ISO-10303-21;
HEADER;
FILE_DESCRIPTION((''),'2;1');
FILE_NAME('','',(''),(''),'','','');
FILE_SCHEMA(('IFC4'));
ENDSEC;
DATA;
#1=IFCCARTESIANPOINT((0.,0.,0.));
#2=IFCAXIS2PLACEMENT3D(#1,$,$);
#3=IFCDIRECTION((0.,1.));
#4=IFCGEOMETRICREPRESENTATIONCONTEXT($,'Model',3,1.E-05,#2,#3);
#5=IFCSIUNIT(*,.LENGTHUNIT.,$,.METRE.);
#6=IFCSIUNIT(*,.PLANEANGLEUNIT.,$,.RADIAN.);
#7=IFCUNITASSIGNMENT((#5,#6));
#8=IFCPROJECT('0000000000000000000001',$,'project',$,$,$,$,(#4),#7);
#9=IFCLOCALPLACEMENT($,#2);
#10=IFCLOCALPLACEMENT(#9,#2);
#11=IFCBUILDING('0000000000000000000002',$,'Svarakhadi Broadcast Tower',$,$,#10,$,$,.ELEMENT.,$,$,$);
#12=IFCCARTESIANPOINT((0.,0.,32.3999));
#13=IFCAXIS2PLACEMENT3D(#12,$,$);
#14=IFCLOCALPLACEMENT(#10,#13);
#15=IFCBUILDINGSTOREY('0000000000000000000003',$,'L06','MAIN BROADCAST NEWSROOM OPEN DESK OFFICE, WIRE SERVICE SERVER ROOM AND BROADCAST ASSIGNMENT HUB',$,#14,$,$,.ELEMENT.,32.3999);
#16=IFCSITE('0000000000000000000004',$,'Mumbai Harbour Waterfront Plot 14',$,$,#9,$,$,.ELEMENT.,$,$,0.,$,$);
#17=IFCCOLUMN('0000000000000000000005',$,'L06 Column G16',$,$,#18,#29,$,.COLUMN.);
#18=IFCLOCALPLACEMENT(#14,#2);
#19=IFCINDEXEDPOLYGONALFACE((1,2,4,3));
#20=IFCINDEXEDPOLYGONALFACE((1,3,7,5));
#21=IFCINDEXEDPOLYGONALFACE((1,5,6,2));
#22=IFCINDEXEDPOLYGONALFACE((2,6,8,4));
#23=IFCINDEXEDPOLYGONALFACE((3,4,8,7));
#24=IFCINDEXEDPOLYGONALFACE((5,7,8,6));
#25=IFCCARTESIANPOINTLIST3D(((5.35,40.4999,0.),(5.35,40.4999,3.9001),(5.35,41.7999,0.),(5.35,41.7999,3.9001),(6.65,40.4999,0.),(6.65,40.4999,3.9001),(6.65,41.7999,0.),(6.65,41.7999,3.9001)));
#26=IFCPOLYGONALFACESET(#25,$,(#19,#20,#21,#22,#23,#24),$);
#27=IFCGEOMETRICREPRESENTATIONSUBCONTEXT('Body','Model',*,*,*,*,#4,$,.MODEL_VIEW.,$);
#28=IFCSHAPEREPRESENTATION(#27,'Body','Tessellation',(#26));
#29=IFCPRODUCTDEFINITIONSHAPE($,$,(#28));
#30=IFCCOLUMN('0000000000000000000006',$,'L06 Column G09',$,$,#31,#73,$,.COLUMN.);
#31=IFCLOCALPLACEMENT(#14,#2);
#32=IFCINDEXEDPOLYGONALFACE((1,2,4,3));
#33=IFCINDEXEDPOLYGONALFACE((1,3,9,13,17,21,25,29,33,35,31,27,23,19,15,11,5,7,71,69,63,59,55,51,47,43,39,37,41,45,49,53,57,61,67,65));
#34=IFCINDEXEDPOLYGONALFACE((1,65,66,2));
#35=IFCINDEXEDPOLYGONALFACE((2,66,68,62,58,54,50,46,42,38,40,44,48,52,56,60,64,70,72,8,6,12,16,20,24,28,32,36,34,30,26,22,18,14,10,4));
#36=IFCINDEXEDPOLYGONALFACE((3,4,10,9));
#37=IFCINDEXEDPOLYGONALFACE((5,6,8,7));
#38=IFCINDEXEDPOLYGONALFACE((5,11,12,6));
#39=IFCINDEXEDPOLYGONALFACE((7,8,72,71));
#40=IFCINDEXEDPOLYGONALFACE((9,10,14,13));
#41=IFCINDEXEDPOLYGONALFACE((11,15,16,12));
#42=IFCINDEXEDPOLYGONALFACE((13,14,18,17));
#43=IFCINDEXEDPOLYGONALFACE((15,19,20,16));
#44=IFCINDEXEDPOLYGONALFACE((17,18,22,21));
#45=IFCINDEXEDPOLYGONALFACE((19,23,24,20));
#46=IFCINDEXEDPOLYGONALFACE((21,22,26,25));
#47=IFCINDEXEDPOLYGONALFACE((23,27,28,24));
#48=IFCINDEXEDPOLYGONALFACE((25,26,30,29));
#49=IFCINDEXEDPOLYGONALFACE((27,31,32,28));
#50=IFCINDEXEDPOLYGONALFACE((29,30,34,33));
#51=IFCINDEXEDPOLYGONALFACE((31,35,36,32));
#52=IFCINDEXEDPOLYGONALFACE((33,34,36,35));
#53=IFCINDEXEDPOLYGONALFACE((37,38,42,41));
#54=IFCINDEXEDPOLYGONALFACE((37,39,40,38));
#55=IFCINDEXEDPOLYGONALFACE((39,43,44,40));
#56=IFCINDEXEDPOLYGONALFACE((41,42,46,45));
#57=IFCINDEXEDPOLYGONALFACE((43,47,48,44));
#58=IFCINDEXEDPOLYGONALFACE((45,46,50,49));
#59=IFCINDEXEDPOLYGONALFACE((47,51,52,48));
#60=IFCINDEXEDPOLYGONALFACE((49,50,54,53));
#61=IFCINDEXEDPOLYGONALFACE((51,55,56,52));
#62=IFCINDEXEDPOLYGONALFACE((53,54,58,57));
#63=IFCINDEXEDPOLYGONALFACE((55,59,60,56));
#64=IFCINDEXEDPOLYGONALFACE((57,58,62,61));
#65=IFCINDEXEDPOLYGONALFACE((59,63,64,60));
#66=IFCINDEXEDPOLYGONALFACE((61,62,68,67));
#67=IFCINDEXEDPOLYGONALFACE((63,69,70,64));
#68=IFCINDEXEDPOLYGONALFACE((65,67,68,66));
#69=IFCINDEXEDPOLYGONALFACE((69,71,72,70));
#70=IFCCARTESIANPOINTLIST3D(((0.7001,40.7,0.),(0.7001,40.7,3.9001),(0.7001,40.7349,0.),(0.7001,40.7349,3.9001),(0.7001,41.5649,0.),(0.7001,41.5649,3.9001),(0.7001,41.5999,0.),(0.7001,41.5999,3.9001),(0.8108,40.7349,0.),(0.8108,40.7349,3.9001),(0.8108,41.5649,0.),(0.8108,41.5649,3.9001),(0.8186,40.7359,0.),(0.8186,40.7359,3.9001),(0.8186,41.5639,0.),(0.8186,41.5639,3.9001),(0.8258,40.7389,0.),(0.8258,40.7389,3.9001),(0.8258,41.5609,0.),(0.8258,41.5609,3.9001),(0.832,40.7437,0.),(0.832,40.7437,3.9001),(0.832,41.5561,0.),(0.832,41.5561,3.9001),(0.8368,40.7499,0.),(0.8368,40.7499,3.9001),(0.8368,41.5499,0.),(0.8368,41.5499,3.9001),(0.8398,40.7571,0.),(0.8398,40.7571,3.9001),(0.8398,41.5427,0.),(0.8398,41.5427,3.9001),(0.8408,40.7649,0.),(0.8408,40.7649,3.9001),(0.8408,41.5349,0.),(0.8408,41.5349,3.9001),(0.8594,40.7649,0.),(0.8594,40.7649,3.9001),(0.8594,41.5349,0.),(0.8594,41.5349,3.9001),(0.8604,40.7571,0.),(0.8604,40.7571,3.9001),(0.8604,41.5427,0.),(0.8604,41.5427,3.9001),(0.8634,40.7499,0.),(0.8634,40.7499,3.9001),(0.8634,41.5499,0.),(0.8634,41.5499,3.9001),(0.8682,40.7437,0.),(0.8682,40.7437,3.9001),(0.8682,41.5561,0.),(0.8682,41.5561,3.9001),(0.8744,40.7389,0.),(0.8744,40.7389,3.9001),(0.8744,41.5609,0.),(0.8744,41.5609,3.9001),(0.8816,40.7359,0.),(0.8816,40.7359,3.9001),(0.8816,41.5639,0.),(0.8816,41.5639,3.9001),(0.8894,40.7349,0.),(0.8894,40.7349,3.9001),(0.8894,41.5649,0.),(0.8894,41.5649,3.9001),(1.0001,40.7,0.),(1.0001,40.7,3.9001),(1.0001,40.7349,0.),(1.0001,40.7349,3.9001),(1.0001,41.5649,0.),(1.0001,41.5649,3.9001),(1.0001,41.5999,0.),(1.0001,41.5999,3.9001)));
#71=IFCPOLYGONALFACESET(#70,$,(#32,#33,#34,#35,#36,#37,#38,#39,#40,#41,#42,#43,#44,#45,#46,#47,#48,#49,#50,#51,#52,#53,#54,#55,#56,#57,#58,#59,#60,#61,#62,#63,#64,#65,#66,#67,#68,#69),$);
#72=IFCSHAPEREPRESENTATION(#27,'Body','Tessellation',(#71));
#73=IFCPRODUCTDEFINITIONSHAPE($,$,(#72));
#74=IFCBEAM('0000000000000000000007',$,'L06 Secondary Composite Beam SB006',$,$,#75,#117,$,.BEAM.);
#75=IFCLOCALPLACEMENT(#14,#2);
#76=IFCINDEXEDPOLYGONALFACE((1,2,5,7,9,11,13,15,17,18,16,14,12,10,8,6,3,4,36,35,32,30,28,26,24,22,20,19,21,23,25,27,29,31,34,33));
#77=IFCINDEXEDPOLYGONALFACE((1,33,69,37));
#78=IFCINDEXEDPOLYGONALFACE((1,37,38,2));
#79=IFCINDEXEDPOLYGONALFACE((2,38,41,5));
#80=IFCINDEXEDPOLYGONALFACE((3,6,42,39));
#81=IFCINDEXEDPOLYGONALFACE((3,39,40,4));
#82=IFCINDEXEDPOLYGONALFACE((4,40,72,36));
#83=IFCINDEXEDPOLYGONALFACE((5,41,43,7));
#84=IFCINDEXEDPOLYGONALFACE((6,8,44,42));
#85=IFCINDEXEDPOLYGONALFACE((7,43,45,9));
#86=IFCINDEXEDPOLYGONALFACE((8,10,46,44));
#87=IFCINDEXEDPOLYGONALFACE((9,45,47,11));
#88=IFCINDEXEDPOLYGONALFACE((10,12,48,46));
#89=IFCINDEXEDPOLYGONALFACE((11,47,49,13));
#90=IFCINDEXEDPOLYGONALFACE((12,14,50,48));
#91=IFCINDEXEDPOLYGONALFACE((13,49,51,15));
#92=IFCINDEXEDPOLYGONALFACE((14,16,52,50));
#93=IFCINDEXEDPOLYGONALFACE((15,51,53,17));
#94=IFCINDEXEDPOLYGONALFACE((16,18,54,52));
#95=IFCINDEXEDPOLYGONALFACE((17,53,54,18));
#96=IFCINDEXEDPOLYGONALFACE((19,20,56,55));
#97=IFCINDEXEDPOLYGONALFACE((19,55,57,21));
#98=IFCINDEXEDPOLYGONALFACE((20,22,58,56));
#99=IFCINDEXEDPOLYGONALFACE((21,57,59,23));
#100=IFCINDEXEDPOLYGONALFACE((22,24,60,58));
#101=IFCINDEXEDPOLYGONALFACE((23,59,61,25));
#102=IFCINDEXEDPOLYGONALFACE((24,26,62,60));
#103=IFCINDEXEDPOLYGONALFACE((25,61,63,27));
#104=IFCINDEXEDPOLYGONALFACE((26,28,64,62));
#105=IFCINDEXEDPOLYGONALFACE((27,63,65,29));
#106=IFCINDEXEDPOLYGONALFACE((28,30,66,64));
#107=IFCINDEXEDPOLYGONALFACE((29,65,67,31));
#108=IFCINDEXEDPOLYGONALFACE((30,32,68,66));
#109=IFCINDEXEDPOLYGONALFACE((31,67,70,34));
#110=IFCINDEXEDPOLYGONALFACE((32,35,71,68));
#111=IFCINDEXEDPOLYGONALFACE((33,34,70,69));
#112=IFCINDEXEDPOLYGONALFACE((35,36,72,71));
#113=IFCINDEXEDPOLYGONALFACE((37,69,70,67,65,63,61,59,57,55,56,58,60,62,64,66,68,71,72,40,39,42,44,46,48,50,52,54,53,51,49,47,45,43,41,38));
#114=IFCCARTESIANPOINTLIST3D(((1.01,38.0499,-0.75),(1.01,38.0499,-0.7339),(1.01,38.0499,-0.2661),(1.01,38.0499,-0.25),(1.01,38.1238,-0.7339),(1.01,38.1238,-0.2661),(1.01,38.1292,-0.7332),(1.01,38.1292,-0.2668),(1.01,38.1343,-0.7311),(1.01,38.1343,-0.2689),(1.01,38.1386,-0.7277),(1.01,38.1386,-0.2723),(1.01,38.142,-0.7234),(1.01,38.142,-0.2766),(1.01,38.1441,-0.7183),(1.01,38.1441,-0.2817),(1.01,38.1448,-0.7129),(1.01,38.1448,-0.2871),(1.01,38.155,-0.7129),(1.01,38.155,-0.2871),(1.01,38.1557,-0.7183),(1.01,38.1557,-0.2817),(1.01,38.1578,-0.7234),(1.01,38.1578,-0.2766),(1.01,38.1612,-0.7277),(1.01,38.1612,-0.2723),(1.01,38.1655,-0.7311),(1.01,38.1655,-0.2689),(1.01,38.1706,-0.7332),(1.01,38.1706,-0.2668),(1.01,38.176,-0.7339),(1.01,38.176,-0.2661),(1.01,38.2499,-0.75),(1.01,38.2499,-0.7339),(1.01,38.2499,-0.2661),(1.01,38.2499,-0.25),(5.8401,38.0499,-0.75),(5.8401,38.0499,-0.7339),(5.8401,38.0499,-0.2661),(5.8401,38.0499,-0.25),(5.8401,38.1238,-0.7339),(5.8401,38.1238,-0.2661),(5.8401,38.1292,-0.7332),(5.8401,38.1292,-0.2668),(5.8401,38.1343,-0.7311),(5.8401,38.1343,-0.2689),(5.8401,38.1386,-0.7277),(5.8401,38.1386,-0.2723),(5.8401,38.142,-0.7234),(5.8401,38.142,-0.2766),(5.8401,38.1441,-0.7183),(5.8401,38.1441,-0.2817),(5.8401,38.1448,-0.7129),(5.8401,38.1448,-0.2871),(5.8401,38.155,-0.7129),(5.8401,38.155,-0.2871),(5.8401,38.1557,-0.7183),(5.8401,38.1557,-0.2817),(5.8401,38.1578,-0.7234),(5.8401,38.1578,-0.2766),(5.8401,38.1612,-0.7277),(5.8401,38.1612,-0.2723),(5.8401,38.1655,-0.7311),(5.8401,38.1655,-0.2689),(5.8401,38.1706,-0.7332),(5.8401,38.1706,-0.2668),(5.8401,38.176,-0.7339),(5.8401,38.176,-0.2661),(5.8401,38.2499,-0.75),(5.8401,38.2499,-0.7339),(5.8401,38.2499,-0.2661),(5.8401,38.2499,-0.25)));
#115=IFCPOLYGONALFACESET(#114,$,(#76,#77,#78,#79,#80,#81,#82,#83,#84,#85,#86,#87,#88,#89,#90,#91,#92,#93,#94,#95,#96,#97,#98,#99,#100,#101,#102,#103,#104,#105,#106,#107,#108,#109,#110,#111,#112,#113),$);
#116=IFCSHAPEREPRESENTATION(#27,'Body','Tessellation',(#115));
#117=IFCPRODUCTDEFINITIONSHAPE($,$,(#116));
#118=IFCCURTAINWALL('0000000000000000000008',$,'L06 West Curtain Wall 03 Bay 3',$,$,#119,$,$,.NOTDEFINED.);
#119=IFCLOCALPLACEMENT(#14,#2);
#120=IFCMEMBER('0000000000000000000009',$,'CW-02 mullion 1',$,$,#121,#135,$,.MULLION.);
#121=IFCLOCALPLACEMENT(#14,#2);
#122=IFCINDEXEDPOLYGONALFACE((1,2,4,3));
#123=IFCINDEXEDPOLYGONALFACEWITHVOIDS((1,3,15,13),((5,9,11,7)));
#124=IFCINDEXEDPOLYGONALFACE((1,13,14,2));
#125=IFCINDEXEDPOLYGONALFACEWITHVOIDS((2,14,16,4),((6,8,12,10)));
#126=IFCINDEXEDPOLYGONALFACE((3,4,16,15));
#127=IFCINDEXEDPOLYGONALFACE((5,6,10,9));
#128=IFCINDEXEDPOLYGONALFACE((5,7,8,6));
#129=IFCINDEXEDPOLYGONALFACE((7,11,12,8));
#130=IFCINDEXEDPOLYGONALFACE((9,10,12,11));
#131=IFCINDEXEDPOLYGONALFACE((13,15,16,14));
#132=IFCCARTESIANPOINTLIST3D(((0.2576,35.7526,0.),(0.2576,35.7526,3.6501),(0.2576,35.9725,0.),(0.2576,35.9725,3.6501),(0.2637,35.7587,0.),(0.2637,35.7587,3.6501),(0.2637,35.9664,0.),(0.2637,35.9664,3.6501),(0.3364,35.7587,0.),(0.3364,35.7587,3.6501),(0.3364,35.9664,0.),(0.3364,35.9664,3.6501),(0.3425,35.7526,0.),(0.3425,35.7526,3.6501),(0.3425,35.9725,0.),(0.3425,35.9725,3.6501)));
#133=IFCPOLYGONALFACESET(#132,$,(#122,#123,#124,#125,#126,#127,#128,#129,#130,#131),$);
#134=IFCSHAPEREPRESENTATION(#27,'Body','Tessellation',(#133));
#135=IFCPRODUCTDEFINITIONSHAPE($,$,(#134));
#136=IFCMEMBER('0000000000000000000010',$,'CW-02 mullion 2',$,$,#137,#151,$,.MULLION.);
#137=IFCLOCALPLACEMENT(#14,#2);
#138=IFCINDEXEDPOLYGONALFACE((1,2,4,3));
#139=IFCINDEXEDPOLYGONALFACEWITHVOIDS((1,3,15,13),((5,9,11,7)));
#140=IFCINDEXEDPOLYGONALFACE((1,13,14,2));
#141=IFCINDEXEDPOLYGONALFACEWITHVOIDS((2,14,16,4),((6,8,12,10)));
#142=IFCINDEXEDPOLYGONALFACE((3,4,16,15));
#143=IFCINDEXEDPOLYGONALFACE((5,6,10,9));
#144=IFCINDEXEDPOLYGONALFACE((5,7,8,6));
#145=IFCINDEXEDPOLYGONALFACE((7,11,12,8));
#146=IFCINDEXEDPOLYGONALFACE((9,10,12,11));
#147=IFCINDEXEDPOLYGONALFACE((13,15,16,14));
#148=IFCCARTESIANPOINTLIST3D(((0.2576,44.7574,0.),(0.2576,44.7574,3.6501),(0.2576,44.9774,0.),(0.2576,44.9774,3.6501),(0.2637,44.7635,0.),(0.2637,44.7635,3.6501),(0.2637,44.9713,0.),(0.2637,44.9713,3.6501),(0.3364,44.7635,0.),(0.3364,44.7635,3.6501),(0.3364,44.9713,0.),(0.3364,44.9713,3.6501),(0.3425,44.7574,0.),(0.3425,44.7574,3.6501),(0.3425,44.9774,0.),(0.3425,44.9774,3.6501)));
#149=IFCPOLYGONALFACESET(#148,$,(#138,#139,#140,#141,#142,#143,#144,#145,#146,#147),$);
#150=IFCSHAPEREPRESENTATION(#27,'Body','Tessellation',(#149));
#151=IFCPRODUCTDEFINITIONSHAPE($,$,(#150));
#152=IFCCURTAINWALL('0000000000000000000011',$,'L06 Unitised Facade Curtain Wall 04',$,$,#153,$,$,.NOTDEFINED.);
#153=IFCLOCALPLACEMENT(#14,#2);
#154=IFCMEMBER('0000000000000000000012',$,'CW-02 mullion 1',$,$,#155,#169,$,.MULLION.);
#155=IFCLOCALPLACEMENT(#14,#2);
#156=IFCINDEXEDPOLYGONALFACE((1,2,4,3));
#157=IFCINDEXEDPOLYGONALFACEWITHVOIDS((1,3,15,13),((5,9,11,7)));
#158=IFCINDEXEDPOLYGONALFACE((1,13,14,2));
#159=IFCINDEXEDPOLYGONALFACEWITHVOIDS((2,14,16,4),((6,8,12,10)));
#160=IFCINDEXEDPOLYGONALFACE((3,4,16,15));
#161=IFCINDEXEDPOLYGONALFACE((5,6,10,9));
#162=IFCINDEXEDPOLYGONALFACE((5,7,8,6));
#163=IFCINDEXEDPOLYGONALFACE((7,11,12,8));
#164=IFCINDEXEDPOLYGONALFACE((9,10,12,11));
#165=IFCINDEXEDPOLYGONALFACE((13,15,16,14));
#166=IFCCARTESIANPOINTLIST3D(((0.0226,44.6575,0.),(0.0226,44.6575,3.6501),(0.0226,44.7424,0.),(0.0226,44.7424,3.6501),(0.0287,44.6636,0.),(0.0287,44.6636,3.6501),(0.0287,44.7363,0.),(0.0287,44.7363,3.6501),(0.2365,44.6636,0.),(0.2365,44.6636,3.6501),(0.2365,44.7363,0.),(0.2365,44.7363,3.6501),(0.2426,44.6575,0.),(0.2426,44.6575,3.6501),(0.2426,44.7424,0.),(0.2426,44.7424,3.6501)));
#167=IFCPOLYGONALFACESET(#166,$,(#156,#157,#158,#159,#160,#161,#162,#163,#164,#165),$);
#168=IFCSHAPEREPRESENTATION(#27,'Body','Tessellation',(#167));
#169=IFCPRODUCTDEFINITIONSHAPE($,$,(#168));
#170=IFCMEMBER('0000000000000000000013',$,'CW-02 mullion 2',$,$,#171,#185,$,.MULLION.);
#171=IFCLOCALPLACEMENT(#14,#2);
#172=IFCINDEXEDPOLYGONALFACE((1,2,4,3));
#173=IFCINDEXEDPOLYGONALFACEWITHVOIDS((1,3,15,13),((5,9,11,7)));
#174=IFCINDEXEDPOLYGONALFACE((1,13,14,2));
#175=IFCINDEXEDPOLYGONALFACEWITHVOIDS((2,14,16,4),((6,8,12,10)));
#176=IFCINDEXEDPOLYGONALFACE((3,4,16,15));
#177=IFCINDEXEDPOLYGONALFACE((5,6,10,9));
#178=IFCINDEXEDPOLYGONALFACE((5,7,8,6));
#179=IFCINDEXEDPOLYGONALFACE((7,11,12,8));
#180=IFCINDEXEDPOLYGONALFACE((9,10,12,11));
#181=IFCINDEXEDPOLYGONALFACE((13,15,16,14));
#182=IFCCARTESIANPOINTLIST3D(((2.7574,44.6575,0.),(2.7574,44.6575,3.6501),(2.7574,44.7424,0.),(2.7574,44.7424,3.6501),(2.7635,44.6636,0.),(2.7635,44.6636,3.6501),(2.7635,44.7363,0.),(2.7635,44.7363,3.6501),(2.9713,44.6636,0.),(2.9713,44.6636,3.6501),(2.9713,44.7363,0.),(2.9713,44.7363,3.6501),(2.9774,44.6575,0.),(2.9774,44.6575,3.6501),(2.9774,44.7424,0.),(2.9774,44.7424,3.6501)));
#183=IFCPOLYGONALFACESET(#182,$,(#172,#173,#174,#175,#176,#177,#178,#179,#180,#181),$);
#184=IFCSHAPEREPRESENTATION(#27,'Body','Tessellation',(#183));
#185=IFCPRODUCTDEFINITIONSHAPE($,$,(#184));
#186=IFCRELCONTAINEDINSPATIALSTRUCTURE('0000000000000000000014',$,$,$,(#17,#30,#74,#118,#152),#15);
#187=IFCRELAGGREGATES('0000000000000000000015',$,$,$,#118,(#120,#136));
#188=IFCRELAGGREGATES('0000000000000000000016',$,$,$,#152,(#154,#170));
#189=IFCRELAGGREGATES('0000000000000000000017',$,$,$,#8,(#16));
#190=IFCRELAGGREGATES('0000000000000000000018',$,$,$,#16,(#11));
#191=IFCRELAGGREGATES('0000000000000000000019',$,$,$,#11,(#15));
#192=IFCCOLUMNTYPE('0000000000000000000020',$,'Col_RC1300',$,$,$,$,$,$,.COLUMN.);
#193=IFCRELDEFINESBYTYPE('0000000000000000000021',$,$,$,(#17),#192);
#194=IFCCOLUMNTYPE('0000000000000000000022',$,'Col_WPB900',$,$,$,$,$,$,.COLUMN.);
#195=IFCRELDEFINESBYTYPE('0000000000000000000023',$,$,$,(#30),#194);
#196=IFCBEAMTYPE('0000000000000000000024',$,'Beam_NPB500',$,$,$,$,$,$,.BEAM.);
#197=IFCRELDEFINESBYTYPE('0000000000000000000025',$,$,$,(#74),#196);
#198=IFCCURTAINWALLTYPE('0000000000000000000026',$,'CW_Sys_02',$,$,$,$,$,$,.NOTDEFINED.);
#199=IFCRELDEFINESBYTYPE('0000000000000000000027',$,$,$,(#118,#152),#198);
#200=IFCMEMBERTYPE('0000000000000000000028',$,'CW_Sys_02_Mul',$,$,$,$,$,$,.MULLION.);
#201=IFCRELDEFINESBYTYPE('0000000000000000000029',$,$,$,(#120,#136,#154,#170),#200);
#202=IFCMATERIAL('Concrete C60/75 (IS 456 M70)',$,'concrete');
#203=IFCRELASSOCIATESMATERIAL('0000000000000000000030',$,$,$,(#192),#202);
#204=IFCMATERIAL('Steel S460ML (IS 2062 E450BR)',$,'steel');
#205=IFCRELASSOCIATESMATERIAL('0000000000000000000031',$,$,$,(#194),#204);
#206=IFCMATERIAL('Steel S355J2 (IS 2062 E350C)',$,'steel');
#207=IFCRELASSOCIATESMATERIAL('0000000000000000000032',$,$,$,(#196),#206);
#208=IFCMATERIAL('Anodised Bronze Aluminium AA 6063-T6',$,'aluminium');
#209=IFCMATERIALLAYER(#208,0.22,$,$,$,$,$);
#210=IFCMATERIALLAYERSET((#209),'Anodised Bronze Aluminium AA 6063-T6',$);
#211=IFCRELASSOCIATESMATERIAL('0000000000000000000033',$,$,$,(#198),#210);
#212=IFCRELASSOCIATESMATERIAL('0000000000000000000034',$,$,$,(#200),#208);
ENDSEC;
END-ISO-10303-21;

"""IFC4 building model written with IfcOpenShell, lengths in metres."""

from ifc_helpers import new_model, si_unit, direction, frame, origin, origin_2d, place, context, subcontext, project, spatial, rectangle, hollow_rectangle, i_section, extrude, material, layer, layer_set, material_profile, profile_set, type_object, element, aggregate, save


model = new_model("IFC4")

# Units and contexts
model_context = context("Model", 3, precision=1e-05, world=origin(), true_north=direction((0.0, 1.0)))
body_context = subcontext(model_context, "Body", "Model", "MODEL_VIEW")
ifc_project = project(units=[si_unit("LENGTHUNIT", "METRE"), si_unit("PLANEANGLEUNIT", "RADIAN")], contexts=[model_context])

# Site, building, storey
site_placement = place(None, origin())
site = spatial("IfcSite", under=ifc_project, at=site_placement, Name="Mumbai Harbour Waterfront Plot 14", CompositionType="ELEMENT", RefElevation=0.0)
building_placement = place(site_placement, origin())
building = spatial("IfcBuilding", under=site, at=building_placement, Name="Svarakhadi Broadcast Tower", CompositionType="ELEMENT")
storey_placement = place(building_placement, frame((0.0, 0.0, 32.3999)))
storey = spatial("IfcBuildingStorey", under=building, at=storey_placement, Name="L06", Description="MAIN BROADCAST NEWSROOM OPEN DESK OFFICE, WIRE SERVICE SERVER ROOM AND BROADCAST ASSIGNMENT HUB", CompositionType="ELEMENT", Elevation=32.3999)

# Columns
ifc_material_1 = material(Name="Concrete C60/75 (IS 456 M70)", Category="concrete")
ifc_material_profile_1 = material_profile(ifc_material_1, rectangle(XDim=1.3, YDim=1.3, at=origin_2d()), Name="RC 1300x1300")
ifc_profile_set_1 = profile_set([ifc_material_profile_1], Name="Concrete C60/75 (IS 456 M70)")
column_type_1 = type_object("IfcColumnType", Name="Col_RC1300", PredefinedType="COLUMN", material=ifc_profile_set_1)
column_1_placement = place(storey_placement, frame((6.0, 41.1499, 0.0), z_axis=(0.0, 0.0, 1.0), x_axis=(1.0, 0.0, 0.0)))
element("IfcColumn", 1, at=column_1_placement, inside=storey, type_object=column_type_1, Name="L06 Column G16", PredefinedType="COLUMN", context=body_context, shape_type="SweptSolid", body=[
    extrude(rectangle(XDim=1.3, YDim=1.3, at=origin_2d()), origin(), (0.0, 0.0, 1.0), 3.9001),
])
ifc_material_2 = material(Name="Steel S460ML (IS 2062 E450BR)", Category="steel")
ifc_material_profile_2 = material_profile(ifc_material_2, i_section(OverallWidth=0.3, OverallDepth=0.8999, WebThickness=0.0186, FlangeThickness=0.0349, FilletRadius=0.03, at=origin_2d()), Name="WPB 900x300x291")
ifc_profile_set_2 = profile_set([ifc_material_profile_2], Name="Steel S460ML (IS 2062 E450BR)")
column_type_2 = type_object("IfcColumnType", Name="Col_WPB900", PredefinedType="COLUMN", material=ifc_profile_set_2)
column_2_placement = place(storey_placement, frame((0.8501, 41.1499, 0.0), z_axis=(0.0, 0.0, 1.0), x_axis=(1.0, 0.0, 0.0)))
element("IfcColumn", 2, at=column_2_placement, inside=storey, type_object=column_type_2, Name="L06 Column G09", PredefinedType="COLUMN", context=body_context, shape_type="SweptSolid", body=[
    extrude(i_section(OverallWidth=0.3, OverallDepth=0.8999, WebThickness=0.0186, FlangeThickness=0.0349, FilletRadius=0.03, at=origin_2d()), origin(), (0.0, 0.0, 1.0), 3.9001),
])

# Beam
ifc_material_3 = material(Name="Steel S355J2 (IS 2062 E350C)", Category="steel")
ifc_material_profile_3 = material_profile(ifc_material_3, i_section(OverallWidth=0.2, OverallDepth=0.5, WebThickness=0.0103, FlangeThickness=0.0161, FilletRadius=0.021, at=origin_2d()), Name="NPB 500x200x91")
ifc_profile_set_3 = profile_set([ifc_material_profile_3], Name="Steel S355J2 (IS 2062 E350C)")
beam_type_1 = type_object("IfcBeamType", Name="Beam_NPB500", PredefinedType="BEAM", material=ifc_profile_set_3)
beam_1_placement = place(storey_placement, frame((1.01, 38.1499, -0.5), z_axis=(1.0, 0.0, 0.0), x_axis=(0.0, 1.0, 0.0)))
element("IfcBeam", 3, at=beam_1_placement, inside=storey, type_object=beam_type_1, Name="L06 Secondary Composite Beam SB006", PredefinedType="BEAM", context=body_context, shape_type="SweptSolid", body=[
    extrude(i_section(OverallWidth=0.2, OverallDepth=0.5, WebThickness=0.0103, FlangeThickness=0.0161, FilletRadius=0.021, at=origin_2d()), origin(), (0.0, 0.0, 1.0), 4.8301),
])

# Curtain walls, members
ifc_material_4 = material(Name="Anodised Bronze Aluminium AA 6063-T6", Category="aluminium")
ifc_layer_1 = layer(ifc_material_4, 0.22)
ifc_layer_set_1 = layer_set([ifc_layer_1], Name="Anodised Bronze Aluminium AA 6063-T6")
curtain_wall_type = type_object("IfcCurtainWallType", Name="CW_Sys_02", PredefinedType="NOTDEFINED", material=ifc_layer_set_1)
curtain_wall_1_placement = place(storey_placement, origin())
curtain_wall_1 = element("IfcCurtainWall", 4, at=curtain_wall_1_placement, inside=storey, type_object=curtain_wall_type, Name="L06 West Curtain Wall 03 Bay 3", PredefinedType="NOTDEFINED")
ifc_material_profile_4 = material_profile(ifc_material_4, hollow_rectangle(XDim=0.085, YDim=0.22, WallThickness=0.0061, at=origin_2d()), Name="ALU MULLION 220x85x6")
ifc_profile_set_4 = profile_set([ifc_material_profile_4], Name="Anodised Bronze Aluminium AA 6063-T6")
member_type_1 = type_object("IfcMemberType", Name="CW_Sys_02_Mul", PredefinedType="MULLION", material=ifc_profile_set_4)
member_1_placement = place(storey_placement, frame((0.3, 35.8625, 0.0), z_axis=(0.0, 0.0, 1.0), x_axis=(-1.0, 0.0, 0.0)))
member_1 = element("IfcMember", 5, at=member_1_placement, type_object=member_type_1, Name="CW-02 mullion 1", PredefinedType="MULLION", context=body_context, shape_type="SweptSolid", body=[
    extrude(hollow_rectangle(XDim=0.085, YDim=0.22, WallThickness=0.0061, at=origin_2d()), origin(), (0.0, 0.0, 1.0), 3.6501),
])
member_2_placement = place(storey_placement, frame((0.3, 44.8674, 0.0), z_axis=(0.0, 0.0, 1.0), x_axis=(-1.0, 0.0, 0.0)))
member_2 = element("IfcMember", 6, at=member_2_placement, type_object=member_type_1, Name="CW-02 mullion 2", PredefinedType="MULLION", context=body_context, shape_type="SweptSolid", body=[
    extrude(hollow_rectangle(XDim=0.085, YDim=0.22, WallThickness=0.0061, at=origin_2d()), origin(), (0.0, 0.0, 1.0), 3.6501),
])
curtain_wall_2_placement = place(storey_placement, origin())
curtain_wall_2 = element("IfcCurtainWall", 7, at=curtain_wall_2_placement, inside=storey, type_object=curtain_wall_type, Name="L06 Unitised Facade Curtain Wall 04", PredefinedType="NOTDEFINED")
member_3_placement = place(storey_placement, frame((0.1326, 44.7, 0.0), z_axis=(0.0, 0.0, 1.0), x_axis=(0.0, 1.0, 0.0)))
member_3 = element("IfcMember", 8, at=member_3_placement, type_object=member_type_1, Name="CW-02 mullion 1", PredefinedType="MULLION", context=body_context, shape_type="SweptSolid", body=[
    extrude(hollow_rectangle(XDim=0.085, YDim=0.22, WallThickness=0.0061, at=origin_2d()), origin(), (0.0, 0.0, 1.0), 3.6501),
])
member_4_placement = place(storey_placement, frame((2.8674, 44.7, 0.0), z_axis=(0.0, 0.0, 1.0), x_axis=(0.0, 1.0, 0.0)))
member_4 = element("IfcMember", 9, at=member_4_placement, type_object=member_type_1, Name="CW-02 mullion 2", PredefinedType="MULLION", context=body_context, shape_type="SweptSolid", body=[
    extrude(hollow_rectangle(XDim=0.085, YDim=0.22, WallThickness=0.0061, at=origin_2d()), origin(), (0.0, 0.0, 1.0), 3.6501),
])

aggregate(curtain_wall_1, [member_1, member_2])
aggregate(curtain_wall_2, [member_3, member_4])

save(model, "model.ifc")
